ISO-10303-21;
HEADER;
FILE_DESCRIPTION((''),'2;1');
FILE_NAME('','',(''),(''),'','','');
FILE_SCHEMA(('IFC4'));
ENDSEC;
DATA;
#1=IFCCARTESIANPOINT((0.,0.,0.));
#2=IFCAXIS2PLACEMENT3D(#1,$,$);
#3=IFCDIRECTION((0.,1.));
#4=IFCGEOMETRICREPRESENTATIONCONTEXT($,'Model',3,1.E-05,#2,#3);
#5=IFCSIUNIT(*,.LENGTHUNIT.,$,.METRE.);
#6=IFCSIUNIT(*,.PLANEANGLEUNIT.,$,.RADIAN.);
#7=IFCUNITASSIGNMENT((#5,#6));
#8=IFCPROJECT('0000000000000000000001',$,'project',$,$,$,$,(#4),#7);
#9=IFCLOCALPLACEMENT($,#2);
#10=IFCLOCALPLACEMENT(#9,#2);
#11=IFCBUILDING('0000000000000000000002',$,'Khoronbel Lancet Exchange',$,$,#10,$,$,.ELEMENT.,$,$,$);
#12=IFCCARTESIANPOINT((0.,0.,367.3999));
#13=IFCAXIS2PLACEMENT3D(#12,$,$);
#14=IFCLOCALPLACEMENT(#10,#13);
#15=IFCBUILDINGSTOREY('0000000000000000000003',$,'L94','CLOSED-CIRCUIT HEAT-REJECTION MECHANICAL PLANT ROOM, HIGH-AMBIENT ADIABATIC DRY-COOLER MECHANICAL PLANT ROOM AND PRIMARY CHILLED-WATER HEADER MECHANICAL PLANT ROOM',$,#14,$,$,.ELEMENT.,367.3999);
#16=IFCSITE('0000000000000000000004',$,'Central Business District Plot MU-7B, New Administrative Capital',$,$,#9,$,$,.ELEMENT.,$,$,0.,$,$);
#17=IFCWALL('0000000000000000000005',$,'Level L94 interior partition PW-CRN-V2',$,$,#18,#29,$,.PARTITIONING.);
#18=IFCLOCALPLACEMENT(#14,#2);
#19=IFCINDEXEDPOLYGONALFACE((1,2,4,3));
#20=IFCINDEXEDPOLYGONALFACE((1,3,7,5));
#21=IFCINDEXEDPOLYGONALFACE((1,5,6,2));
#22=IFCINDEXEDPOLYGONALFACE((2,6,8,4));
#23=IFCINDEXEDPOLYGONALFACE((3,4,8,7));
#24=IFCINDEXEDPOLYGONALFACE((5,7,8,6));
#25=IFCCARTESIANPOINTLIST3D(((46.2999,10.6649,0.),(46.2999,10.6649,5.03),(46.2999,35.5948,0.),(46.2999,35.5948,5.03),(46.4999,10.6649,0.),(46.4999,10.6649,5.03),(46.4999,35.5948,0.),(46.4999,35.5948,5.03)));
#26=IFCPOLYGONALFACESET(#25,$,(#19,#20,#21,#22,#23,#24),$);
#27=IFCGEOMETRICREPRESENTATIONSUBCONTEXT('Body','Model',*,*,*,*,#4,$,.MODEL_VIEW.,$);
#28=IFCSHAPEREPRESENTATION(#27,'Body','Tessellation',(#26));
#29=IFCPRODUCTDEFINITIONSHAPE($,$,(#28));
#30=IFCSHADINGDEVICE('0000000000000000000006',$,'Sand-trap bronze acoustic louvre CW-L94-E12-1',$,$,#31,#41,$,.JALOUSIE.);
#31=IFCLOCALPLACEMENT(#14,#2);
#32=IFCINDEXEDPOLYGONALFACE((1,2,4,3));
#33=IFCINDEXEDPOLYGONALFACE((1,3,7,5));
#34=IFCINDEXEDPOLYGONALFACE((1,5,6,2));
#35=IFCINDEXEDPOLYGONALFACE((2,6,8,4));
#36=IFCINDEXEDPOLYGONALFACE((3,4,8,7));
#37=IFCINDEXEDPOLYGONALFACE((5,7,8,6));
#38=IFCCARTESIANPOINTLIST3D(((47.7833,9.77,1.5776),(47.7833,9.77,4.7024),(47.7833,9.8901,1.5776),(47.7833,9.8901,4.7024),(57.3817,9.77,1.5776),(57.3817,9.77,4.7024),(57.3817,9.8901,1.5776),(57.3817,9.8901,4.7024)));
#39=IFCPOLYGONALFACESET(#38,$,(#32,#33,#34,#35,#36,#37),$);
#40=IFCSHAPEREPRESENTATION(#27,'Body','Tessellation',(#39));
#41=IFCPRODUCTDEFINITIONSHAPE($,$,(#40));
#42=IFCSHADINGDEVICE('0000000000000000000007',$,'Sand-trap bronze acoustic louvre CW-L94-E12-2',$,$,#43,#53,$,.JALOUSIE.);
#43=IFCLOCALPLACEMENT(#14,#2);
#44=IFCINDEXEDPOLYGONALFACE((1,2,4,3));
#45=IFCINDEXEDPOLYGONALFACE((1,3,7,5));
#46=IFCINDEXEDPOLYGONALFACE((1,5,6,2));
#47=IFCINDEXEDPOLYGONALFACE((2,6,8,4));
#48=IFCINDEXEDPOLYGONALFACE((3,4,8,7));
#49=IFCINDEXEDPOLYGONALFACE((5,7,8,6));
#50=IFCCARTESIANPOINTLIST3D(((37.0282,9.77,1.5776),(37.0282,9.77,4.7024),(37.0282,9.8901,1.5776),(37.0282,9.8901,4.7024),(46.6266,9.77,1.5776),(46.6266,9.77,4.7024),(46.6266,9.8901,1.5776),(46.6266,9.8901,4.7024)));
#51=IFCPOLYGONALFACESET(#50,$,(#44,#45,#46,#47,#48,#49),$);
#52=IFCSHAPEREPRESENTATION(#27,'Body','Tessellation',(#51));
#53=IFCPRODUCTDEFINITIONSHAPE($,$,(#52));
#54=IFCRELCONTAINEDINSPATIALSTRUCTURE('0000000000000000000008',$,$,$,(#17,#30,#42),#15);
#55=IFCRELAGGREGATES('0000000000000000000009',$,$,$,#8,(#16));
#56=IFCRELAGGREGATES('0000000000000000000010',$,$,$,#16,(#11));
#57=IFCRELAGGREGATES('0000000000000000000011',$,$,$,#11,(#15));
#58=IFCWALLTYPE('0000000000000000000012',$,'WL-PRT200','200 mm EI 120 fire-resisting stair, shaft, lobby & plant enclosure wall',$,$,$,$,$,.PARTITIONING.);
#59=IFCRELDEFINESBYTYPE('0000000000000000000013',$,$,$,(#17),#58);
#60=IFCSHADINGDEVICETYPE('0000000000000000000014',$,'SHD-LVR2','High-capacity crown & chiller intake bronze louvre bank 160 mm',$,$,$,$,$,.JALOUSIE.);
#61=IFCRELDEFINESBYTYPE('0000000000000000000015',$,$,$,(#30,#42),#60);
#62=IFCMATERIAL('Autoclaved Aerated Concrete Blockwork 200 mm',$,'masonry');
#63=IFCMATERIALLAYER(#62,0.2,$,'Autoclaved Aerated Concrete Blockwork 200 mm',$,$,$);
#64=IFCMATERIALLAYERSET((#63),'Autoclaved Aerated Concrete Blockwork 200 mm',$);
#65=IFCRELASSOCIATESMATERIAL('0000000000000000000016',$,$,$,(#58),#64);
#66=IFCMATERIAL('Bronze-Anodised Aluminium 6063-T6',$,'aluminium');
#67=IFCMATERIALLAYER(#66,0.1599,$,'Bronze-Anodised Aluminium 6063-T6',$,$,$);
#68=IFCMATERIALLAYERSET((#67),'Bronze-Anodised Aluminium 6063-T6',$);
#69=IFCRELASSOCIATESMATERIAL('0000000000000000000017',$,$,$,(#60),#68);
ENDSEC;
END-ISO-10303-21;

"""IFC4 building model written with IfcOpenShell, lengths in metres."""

from ifc_helpers import new_model, si_unit, direction, frame, frame_2d, origin, origin_2d, place, context, subcontext, project, spatial, rectangle, extrude, material, layer, layer_set, type_object, element, save


model = new_model("IFC4")

# Units and contexts
model_context = context("Model", 3, precision=1e-05, world=origin(), true_north=direction((0.0, 1.0)))
body_context = subcontext(model_context, "Body", "Model", "MODEL_VIEW")
ifc_project = project(units=[si_unit("LENGTHUNIT", "METRE"), si_unit("PLANEANGLEUNIT", "RADIAN")], contexts=[model_context])

# Site, building, storey
site_placement = place(None, origin())
site = spatial("IfcSite", under=ifc_project, at=site_placement, Name="Central Business District Plot MU-7B, New Administrative Capital", CompositionType="ELEMENT", RefElevation=0.0)
building_placement = place(site_placement, origin())
building = spatial("IfcBuilding", under=site, at=building_placement, Name="Khoronbel Lancet Exchange", CompositionType="ELEMENT")
storey_placement = place(building_placement, frame((0.0, 0.0, 367.3999)))
storey = spatial("IfcBuildingStorey", under=building, at=storey_placement, Name="L94", Description="CLOSED-CIRCUIT HEAT-REJECTION MECHANICAL PLANT ROOM, HIGH-AMBIENT ADIABATIC DRY-COOLER MECHANICAL PLANT ROOM AND PRIMARY CHILLED-WATER HEADER MECHANICAL PLANT ROOM", CompositionType="ELEMENT", Elevation=367.3999)

# Shared definitions
ifc_material_1 = material(Name="Bronze-Anodised Aluminium 6063-T6", Category="aluminium")

# Wall
ifc_material_2 = material(Name="Autoclaved Aerated Concrete Blockwork 200 mm", Category="masonry")
ifc_layer_1 = layer(ifc_material_2, 0.2, Name="Autoclaved Aerated Concrete Blockwork 200 mm")
ifc_layer_set_1 = layer_set([ifc_layer_1], Name="Autoclaved Aerated Concrete Blockwork 200 mm")
wall_type_1 = type_object("IfcWallType", Name="WL-PRT200", Description="200 mm EI 120 fire-resisting stair, shaft, lobby & plant enclosure wall", PredefinedType="PARTITIONING", material=ifc_layer_set_1)
wall_1_placement = place(storey_placement, frame((46.3999, 10.665, 0.0), z_axis=(0.0, 0.0, 1.0), x_axis=(0.0, 1.0, 0.0)))
element("IfcWall", 1, at=wall_1_placement, inside=storey, type_object=wall_type_1, Name="Level L94 interior partition PW-CRN-V2", PredefinedType="PARTITIONING", context=body_context, shape_type="SweptSolid", body=[
    extrude(rectangle(XDim=24.9299, YDim=0.2, at=frame_2d((12.4648, 0.0))), origin(), (0.0, 0.0, 1.0), 5.03),
])

# Shading devices
ifc_layer_2 = layer(ifc_material_1, 0.1599, Name="Bronze-Anodised Aluminium 6063-T6")
ifc_layer_set_2 = layer_set([ifc_layer_2], Name="Bronze-Anodised Aluminium 6063-T6")
shading_device_type = type_object("IfcShadingDeviceType", Name="SHD-LVR2", Description="High-capacity crown & chiller intake bronze louvre bank 160 mm", PredefinedType="JALOUSIE", material=ifc_layer_set_2)
for number, where, z_axis, x_axis, name in (
    (2, (52.5825, 9.8301, 1.5776), (0.0, 0.0, 1.0), (-1.0, 0.0, 0.0), "Sand-trap bronze acoustic louvre CW-L94-E12-1"),
    (3, (41.8274, 9.8301, 1.5776), (0.0, 0.0, 1.0), (-1.0, 0.0, 0.0), "Sand-trap bronze acoustic louvre CW-L94-E12-2"),
):
    element("IfcShadingDevice", number, at=place(storey_placement, frame(where, z_axis=z_axis, x_axis=x_axis)), inside=storey, type_object=shading_device_type, Name=name, PredefinedType="JALOUSIE", context=body_context, shape_type="SweptSolid", body=[
        extrude(rectangle(XDim=9.5984, YDim=0.1201, at=origin_2d()), origin(), (0.0, 0.0, 1.0), 3.1248),
    ])

save(model, "model.ifc")
